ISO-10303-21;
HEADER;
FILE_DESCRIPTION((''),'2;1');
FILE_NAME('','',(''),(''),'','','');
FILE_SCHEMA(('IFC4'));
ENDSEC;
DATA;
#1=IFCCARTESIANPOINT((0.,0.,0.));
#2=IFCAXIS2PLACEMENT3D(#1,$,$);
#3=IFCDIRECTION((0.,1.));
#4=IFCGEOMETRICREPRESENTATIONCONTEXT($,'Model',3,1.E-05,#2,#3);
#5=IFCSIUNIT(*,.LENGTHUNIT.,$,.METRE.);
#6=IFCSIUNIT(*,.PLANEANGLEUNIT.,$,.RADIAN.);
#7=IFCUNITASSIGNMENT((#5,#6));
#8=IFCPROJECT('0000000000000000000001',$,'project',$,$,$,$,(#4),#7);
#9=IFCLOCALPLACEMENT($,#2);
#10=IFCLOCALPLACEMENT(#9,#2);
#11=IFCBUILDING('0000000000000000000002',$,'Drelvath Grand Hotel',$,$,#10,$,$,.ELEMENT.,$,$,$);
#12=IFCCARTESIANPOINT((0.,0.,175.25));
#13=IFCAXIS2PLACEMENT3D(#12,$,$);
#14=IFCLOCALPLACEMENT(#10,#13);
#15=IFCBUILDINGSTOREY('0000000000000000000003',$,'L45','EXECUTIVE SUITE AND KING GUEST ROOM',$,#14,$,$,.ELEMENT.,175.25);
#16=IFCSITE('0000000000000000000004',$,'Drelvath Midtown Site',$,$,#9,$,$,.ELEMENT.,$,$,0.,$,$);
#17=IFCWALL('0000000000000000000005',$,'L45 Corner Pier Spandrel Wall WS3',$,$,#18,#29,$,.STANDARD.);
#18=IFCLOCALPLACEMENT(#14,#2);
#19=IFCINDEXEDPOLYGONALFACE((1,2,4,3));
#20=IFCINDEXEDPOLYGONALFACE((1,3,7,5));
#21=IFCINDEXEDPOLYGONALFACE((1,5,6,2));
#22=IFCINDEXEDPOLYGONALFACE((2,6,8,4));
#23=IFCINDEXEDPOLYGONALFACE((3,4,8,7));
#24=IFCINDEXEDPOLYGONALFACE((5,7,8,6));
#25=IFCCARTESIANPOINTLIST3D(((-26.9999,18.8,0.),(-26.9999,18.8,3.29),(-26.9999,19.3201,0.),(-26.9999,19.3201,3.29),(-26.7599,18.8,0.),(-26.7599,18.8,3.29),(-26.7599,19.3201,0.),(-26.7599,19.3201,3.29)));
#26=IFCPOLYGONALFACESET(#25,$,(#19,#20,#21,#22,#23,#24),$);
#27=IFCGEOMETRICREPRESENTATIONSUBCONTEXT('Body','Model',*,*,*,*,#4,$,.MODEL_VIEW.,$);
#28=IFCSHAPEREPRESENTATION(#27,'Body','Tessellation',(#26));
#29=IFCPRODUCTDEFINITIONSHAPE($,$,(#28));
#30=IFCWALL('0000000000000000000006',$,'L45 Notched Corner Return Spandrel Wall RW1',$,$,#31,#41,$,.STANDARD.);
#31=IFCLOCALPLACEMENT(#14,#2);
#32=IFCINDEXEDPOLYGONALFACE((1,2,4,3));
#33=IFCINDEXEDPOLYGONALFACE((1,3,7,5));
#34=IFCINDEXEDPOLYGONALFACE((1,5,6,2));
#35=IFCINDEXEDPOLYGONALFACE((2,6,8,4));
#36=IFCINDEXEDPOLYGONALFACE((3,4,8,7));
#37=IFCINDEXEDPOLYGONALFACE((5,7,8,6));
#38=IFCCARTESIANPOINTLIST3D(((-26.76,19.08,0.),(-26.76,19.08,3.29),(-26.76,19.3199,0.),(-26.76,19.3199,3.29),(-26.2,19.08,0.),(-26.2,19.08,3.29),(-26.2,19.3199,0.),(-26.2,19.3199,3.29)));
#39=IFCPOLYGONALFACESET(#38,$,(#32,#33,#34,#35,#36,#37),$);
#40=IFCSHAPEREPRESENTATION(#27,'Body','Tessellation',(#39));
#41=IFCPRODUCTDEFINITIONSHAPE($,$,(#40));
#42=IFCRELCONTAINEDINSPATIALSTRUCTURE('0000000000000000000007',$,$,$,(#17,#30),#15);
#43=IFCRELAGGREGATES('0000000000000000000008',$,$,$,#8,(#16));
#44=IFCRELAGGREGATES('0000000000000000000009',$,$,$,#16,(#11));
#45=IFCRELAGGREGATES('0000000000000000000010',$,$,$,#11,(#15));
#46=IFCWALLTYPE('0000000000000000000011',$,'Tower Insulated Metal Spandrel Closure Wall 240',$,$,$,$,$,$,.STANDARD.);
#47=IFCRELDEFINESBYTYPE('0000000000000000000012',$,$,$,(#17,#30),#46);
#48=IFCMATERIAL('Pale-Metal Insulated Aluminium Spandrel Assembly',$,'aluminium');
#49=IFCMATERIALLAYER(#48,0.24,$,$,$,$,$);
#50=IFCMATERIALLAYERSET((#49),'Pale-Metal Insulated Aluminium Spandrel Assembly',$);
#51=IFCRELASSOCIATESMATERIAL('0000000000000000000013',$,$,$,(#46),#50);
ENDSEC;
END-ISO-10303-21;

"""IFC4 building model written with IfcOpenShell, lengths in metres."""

from ifc_helpers import new_model, si_unit, direction, frame, frame_2d, origin, place, context, subcontext, project, spatial, rectangle, extrude, material, layer, layer_set, type_object, element, save


model = new_model("IFC4")

# Units and contexts
model_context = context("Model", 3, precision=1e-05, world=origin(), true_north=direction((0.0, 1.0)))
body_context = subcontext(model_context, "Body", "Model", "MODEL_VIEW")
ifc_project = project(units=[si_unit("LENGTHUNIT", "METRE"), si_unit("PLANEANGLEUNIT", "RADIAN")], contexts=[model_context])

# Site, building, storey
site_placement = place(None, origin())
site = spatial("IfcSite", under=ifc_project, at=site_placement, Name="Drelvath Midtown Site", CompositionType="ELEMENT", RefElevation=0.0)
building_placement = place(site_placement, origin())
building = spatial("IfcBuilding", under=site, at=building_placement, Name="Drelvath Grand Hotel", CompositionType="ELEMENT")
storey_placement = place(building_placement, frame((0.0, 0.0, 175.25)))
storey = spatial("IfcBuildingStorey", under=building, at=storey_placement, Name="L45", Description="EXECUTIVE SUITE AND KING GUEST ROOM", CompositionType="ELEMENT", Elevation=175.25)

# Walls
ifc_material_1 = material(Name="Pale-Metal Insulated Aluminium Spandrel Assembly", Category="aluminium")
ifc_layer_1 = layer(ifc_material_1, 0.24)
ifc_layer_set_1 = layer_set([ifc_layer_1], Name="Pale-Metal Insulated Aluminium Spandrel Assembly")
wall_type_1 = type_object("IfcWallType", Name="Tower Insulated Metal Spandrel Closure Wall 240", PredefinedType="STANDARD", material=ifc_layer_set_1)
wall_1_placement = place(storey_placement, frame((-26.8799, 18.8, 0.0), z_axis=(0.0, 0.0, 1.0), x_axis=(0.0, 1.0, 0.0)))
element("IfcWall", 1, at=wall_1_placement, inside=storey, type_object=wall_type_1, Name="L45 Corner Pier Spandrel Wall WS3", PredefinedType="STANDARD", context=body_context, shape_type="SweptSolid", body=[
    extrude(rectangle(XDim=0.52, YDim=0.24, at=frame_2d((0.26, 0.0))), origin(), (0.0, 0.0, 1.0), 3.29),
])
wall_2_placement = place(storey_placement, frame((-26.76, 19.2, 0.0), z_axis=(0.0, 0.0, 1.0), x_axis=(1.0, 0.0, 0.0)))
element("IfcWall", 2, at=wall_2_placement, inside=storey, type_object=wall_type_1, Name="L45 Notched Corner Return Spandrel Wall RW1", PredefinedType="STANDARD", context=body_context, shape_type="SweptSolid", body=[
    extrude(rectangle(XDim=0.5601, YDim=0.24, at=frame_2d((0.28, 0.0))), origin(), (0.0, 0.0, 1.0), 3.29),
])

save(model, "model.ifc")
